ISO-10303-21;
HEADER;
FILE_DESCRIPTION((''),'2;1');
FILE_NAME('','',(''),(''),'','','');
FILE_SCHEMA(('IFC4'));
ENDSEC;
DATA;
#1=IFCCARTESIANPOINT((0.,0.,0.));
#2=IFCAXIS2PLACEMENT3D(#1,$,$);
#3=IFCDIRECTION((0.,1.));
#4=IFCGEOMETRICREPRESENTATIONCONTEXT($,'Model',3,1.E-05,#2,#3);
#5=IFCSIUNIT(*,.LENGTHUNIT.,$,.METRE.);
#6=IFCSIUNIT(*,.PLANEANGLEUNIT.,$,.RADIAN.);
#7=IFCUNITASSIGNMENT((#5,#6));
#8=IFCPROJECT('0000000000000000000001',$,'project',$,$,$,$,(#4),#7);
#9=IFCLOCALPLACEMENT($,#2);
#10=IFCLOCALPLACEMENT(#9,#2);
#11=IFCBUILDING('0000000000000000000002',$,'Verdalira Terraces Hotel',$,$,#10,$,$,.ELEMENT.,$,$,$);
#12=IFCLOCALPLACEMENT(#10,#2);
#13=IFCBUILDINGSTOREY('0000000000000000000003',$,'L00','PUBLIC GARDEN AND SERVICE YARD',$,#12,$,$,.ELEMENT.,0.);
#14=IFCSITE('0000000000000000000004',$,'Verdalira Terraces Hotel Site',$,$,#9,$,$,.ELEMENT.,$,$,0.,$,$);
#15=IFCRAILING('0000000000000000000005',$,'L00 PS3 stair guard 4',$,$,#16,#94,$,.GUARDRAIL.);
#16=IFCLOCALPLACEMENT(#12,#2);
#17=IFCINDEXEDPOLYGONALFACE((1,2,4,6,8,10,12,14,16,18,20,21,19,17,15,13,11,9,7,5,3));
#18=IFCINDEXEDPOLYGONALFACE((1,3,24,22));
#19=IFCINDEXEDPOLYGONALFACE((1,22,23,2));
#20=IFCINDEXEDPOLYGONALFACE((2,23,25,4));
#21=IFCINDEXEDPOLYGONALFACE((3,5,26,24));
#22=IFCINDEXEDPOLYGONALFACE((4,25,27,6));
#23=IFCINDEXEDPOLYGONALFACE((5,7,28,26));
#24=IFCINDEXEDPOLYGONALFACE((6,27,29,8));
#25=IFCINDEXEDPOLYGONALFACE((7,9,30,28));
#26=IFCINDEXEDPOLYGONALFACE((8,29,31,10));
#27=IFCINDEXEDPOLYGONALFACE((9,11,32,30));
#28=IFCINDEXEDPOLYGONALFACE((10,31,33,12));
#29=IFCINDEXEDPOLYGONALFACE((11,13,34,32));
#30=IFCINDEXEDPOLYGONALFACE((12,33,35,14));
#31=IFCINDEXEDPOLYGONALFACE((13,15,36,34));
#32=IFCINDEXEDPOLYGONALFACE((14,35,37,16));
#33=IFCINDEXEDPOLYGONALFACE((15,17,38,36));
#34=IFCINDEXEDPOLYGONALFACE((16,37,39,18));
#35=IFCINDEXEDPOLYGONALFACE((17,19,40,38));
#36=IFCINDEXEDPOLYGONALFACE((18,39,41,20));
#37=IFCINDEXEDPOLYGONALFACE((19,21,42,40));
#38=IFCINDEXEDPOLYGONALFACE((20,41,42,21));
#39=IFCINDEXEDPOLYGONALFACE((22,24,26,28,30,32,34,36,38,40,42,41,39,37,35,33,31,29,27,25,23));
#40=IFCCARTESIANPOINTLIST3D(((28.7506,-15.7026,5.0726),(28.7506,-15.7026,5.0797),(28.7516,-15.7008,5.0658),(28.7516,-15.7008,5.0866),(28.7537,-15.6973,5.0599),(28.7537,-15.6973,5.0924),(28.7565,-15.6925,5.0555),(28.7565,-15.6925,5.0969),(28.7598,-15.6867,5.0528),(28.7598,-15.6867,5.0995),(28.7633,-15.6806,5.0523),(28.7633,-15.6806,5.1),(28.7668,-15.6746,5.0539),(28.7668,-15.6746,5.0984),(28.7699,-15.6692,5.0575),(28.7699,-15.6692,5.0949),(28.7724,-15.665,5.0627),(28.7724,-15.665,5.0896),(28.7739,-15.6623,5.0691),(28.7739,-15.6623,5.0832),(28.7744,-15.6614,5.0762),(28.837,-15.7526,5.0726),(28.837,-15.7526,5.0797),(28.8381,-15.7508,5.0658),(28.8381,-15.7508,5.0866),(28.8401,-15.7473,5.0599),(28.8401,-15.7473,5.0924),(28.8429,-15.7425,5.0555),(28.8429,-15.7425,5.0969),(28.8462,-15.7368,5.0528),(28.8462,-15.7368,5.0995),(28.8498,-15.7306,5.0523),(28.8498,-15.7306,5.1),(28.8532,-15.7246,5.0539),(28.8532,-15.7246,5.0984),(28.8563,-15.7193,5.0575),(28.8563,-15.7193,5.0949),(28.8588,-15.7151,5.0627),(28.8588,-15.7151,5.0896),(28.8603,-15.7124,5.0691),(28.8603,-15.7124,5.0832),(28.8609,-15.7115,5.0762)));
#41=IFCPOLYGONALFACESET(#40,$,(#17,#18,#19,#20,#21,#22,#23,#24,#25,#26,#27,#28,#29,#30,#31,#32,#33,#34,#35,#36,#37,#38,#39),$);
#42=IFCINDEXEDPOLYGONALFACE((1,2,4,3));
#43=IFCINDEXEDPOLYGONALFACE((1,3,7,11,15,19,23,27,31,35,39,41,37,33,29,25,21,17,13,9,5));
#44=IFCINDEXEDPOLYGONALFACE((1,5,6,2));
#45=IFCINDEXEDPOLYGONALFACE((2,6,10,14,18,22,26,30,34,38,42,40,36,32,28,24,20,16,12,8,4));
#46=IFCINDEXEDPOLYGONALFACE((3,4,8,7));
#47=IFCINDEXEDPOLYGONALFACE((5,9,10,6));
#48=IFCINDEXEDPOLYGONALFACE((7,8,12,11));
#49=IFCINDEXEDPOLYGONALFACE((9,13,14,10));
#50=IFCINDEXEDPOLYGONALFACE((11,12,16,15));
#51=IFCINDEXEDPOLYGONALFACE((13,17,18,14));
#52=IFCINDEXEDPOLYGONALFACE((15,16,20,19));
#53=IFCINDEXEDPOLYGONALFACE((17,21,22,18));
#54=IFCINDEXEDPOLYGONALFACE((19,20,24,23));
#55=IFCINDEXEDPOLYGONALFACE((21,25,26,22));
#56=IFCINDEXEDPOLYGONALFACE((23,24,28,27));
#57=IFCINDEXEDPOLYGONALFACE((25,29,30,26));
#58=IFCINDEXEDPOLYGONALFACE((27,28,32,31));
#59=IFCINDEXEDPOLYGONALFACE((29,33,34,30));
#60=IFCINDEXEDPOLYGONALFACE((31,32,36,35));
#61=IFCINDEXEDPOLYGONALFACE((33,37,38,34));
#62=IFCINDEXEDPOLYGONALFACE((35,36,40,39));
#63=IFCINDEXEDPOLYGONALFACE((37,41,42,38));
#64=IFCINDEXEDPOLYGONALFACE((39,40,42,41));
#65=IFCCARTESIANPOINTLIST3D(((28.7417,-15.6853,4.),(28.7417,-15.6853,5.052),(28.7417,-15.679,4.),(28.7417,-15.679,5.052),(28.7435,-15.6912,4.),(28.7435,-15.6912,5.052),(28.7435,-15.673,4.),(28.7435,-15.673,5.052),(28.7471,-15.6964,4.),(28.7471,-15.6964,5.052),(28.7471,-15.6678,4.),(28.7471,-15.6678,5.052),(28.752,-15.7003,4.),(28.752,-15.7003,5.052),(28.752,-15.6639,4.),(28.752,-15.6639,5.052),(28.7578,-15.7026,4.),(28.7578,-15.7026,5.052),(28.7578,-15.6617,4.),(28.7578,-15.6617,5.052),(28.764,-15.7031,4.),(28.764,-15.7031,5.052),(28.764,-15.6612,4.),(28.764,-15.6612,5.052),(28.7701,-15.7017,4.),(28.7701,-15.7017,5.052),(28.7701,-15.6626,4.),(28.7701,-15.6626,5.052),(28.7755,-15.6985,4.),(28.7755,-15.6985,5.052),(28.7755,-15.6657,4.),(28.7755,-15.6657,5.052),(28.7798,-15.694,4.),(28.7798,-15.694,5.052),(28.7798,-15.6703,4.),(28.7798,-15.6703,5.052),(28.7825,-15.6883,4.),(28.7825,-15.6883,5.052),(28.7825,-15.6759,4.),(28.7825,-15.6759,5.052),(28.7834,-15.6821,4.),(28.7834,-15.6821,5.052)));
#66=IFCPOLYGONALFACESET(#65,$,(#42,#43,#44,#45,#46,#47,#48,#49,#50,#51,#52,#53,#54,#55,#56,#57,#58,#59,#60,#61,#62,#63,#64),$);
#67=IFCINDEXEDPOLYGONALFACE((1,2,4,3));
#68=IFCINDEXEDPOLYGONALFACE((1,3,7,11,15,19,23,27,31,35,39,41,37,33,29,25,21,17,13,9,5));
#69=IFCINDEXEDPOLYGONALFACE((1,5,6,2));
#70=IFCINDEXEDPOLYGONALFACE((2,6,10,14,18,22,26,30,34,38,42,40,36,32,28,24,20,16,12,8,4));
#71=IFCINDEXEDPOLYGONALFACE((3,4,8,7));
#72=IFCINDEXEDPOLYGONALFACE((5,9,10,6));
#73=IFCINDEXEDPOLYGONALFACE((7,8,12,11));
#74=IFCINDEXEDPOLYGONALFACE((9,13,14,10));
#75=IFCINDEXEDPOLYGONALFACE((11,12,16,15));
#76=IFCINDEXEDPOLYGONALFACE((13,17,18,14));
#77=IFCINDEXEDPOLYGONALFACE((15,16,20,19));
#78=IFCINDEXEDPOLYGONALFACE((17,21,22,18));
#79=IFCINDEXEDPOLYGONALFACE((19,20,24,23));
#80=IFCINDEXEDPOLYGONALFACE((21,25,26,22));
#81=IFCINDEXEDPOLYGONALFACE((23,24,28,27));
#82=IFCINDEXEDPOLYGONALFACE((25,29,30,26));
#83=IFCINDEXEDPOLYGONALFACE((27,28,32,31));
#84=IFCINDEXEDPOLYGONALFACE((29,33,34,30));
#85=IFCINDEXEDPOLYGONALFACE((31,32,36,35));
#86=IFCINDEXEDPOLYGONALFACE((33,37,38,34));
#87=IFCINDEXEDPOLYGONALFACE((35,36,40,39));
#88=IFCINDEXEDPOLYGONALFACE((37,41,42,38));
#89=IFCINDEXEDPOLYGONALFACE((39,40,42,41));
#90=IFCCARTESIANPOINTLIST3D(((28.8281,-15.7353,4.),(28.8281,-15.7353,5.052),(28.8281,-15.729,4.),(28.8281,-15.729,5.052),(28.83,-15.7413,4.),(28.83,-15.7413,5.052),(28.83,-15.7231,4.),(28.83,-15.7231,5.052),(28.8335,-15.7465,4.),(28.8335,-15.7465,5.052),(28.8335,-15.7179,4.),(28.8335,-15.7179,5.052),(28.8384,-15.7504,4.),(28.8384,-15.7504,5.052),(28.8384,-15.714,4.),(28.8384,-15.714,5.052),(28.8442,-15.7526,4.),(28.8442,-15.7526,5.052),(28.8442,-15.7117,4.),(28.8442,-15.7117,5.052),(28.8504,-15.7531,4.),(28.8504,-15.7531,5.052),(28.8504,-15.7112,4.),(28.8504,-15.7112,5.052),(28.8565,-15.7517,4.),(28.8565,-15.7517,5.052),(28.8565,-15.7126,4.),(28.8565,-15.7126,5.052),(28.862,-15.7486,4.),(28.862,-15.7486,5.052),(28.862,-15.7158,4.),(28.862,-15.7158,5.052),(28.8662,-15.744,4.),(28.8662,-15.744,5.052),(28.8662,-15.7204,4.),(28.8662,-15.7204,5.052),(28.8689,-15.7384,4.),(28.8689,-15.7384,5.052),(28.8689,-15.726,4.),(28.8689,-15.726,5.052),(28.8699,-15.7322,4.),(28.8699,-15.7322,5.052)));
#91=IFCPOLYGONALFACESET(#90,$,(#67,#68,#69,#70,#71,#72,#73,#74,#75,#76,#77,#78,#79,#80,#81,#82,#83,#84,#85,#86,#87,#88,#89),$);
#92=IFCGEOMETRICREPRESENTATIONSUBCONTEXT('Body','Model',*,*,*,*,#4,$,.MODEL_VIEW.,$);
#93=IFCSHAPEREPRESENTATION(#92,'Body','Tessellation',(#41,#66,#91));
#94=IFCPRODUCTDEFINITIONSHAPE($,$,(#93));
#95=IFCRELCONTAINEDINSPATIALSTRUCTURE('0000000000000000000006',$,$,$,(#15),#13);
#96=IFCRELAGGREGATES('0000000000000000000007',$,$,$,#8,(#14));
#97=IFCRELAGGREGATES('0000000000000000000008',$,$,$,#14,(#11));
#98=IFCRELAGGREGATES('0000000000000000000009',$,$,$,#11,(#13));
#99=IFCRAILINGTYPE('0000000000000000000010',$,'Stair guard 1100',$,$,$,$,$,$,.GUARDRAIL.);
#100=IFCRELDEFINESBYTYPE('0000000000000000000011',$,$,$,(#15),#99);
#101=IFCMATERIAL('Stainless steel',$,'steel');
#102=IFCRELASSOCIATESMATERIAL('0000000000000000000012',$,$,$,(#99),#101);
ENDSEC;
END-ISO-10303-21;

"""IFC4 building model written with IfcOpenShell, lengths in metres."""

from ifc_helpers import new_model, si_unit, direction, frame, origin, origin_2d, place, context, subcontext, project, spatial, circle, extrude, material, type_object, element, save


model = new_model("IFC4")

# Units and contexts
model_context = context("Model", 3, precision=1e-05, world=origin(), true_north=direction((0.0, 1.0)))
body_context = subcontext(model_context, "Body", "Model", "MODEL_VIEW")
ifc_project = project(units=[si_unit("LENGTHUNIT", "METRE"), si_unit("PLANEANGLEUNIT", "RADIAN")], contexts=[model_context])

# Site, building, storey
site_placement = place(None, origin())
site = spatial("IfcSite", under=ifc_project, at=site_placement, Name="Verdalira Terraces Hotel Site", CompositionType="ELEMENT", RefElevation=0.0)
building_placement = place(site_placement, origin())
building = spatial("IfcBuilding", under=site, at=building_placement, Name="Verdalira Terraces Hotel", CompositionType="ELEMENT")
storey_placement = place(building_placement, origin())
storey = spatial("IfcBuildingStorey", under=building, at=storey_placement, Name="L00", Description="PUBLIC GARDEN AND SERVICE YARD", CompositionType="ELEMENT", Elevation=0.0)

# Railing
ifc_material_1 = material(Name="Stainless steel", Category="steel")
railing_type = type_object("IfcRailingType", Name="Stair guard 1100", PredefinedType="GUARDRAIL", material=ifc_material_1)
railing_1_placement = place(storey_placement, frame((28.7625, -15.6821, 4.0)))
element("IfcRailing", 1, at=railing_1_placement, inside=storey, type_object=railing_type, Name="L00 PS3 stair guard 4", PredefinedType="GUARDRAIL", context=body_context, shape_type="SweptSolid", body=[
    extrude(circle(Radius=0.0239, at=origin_2d()), frame((0.0, 0.0, 1.0762), z_axis=(0.86537, -0.501133, 0.0), x_axis=(0.501133, 0.86537, 0.0)), (0.0, 0.0, 1.0), 0.0999),
    extrude(circle(Radius=0.021, at=origin_2d()), origin(), (0.0, 0.0, 1.0), 1.052),
    extrude(circle(Radius=0.021, at=origin_2d()), frame((0.0864, -0.05, 0.0)), (0.0, 0.0, 1.0), 1.052),
])

save(model, "model.ifc")
